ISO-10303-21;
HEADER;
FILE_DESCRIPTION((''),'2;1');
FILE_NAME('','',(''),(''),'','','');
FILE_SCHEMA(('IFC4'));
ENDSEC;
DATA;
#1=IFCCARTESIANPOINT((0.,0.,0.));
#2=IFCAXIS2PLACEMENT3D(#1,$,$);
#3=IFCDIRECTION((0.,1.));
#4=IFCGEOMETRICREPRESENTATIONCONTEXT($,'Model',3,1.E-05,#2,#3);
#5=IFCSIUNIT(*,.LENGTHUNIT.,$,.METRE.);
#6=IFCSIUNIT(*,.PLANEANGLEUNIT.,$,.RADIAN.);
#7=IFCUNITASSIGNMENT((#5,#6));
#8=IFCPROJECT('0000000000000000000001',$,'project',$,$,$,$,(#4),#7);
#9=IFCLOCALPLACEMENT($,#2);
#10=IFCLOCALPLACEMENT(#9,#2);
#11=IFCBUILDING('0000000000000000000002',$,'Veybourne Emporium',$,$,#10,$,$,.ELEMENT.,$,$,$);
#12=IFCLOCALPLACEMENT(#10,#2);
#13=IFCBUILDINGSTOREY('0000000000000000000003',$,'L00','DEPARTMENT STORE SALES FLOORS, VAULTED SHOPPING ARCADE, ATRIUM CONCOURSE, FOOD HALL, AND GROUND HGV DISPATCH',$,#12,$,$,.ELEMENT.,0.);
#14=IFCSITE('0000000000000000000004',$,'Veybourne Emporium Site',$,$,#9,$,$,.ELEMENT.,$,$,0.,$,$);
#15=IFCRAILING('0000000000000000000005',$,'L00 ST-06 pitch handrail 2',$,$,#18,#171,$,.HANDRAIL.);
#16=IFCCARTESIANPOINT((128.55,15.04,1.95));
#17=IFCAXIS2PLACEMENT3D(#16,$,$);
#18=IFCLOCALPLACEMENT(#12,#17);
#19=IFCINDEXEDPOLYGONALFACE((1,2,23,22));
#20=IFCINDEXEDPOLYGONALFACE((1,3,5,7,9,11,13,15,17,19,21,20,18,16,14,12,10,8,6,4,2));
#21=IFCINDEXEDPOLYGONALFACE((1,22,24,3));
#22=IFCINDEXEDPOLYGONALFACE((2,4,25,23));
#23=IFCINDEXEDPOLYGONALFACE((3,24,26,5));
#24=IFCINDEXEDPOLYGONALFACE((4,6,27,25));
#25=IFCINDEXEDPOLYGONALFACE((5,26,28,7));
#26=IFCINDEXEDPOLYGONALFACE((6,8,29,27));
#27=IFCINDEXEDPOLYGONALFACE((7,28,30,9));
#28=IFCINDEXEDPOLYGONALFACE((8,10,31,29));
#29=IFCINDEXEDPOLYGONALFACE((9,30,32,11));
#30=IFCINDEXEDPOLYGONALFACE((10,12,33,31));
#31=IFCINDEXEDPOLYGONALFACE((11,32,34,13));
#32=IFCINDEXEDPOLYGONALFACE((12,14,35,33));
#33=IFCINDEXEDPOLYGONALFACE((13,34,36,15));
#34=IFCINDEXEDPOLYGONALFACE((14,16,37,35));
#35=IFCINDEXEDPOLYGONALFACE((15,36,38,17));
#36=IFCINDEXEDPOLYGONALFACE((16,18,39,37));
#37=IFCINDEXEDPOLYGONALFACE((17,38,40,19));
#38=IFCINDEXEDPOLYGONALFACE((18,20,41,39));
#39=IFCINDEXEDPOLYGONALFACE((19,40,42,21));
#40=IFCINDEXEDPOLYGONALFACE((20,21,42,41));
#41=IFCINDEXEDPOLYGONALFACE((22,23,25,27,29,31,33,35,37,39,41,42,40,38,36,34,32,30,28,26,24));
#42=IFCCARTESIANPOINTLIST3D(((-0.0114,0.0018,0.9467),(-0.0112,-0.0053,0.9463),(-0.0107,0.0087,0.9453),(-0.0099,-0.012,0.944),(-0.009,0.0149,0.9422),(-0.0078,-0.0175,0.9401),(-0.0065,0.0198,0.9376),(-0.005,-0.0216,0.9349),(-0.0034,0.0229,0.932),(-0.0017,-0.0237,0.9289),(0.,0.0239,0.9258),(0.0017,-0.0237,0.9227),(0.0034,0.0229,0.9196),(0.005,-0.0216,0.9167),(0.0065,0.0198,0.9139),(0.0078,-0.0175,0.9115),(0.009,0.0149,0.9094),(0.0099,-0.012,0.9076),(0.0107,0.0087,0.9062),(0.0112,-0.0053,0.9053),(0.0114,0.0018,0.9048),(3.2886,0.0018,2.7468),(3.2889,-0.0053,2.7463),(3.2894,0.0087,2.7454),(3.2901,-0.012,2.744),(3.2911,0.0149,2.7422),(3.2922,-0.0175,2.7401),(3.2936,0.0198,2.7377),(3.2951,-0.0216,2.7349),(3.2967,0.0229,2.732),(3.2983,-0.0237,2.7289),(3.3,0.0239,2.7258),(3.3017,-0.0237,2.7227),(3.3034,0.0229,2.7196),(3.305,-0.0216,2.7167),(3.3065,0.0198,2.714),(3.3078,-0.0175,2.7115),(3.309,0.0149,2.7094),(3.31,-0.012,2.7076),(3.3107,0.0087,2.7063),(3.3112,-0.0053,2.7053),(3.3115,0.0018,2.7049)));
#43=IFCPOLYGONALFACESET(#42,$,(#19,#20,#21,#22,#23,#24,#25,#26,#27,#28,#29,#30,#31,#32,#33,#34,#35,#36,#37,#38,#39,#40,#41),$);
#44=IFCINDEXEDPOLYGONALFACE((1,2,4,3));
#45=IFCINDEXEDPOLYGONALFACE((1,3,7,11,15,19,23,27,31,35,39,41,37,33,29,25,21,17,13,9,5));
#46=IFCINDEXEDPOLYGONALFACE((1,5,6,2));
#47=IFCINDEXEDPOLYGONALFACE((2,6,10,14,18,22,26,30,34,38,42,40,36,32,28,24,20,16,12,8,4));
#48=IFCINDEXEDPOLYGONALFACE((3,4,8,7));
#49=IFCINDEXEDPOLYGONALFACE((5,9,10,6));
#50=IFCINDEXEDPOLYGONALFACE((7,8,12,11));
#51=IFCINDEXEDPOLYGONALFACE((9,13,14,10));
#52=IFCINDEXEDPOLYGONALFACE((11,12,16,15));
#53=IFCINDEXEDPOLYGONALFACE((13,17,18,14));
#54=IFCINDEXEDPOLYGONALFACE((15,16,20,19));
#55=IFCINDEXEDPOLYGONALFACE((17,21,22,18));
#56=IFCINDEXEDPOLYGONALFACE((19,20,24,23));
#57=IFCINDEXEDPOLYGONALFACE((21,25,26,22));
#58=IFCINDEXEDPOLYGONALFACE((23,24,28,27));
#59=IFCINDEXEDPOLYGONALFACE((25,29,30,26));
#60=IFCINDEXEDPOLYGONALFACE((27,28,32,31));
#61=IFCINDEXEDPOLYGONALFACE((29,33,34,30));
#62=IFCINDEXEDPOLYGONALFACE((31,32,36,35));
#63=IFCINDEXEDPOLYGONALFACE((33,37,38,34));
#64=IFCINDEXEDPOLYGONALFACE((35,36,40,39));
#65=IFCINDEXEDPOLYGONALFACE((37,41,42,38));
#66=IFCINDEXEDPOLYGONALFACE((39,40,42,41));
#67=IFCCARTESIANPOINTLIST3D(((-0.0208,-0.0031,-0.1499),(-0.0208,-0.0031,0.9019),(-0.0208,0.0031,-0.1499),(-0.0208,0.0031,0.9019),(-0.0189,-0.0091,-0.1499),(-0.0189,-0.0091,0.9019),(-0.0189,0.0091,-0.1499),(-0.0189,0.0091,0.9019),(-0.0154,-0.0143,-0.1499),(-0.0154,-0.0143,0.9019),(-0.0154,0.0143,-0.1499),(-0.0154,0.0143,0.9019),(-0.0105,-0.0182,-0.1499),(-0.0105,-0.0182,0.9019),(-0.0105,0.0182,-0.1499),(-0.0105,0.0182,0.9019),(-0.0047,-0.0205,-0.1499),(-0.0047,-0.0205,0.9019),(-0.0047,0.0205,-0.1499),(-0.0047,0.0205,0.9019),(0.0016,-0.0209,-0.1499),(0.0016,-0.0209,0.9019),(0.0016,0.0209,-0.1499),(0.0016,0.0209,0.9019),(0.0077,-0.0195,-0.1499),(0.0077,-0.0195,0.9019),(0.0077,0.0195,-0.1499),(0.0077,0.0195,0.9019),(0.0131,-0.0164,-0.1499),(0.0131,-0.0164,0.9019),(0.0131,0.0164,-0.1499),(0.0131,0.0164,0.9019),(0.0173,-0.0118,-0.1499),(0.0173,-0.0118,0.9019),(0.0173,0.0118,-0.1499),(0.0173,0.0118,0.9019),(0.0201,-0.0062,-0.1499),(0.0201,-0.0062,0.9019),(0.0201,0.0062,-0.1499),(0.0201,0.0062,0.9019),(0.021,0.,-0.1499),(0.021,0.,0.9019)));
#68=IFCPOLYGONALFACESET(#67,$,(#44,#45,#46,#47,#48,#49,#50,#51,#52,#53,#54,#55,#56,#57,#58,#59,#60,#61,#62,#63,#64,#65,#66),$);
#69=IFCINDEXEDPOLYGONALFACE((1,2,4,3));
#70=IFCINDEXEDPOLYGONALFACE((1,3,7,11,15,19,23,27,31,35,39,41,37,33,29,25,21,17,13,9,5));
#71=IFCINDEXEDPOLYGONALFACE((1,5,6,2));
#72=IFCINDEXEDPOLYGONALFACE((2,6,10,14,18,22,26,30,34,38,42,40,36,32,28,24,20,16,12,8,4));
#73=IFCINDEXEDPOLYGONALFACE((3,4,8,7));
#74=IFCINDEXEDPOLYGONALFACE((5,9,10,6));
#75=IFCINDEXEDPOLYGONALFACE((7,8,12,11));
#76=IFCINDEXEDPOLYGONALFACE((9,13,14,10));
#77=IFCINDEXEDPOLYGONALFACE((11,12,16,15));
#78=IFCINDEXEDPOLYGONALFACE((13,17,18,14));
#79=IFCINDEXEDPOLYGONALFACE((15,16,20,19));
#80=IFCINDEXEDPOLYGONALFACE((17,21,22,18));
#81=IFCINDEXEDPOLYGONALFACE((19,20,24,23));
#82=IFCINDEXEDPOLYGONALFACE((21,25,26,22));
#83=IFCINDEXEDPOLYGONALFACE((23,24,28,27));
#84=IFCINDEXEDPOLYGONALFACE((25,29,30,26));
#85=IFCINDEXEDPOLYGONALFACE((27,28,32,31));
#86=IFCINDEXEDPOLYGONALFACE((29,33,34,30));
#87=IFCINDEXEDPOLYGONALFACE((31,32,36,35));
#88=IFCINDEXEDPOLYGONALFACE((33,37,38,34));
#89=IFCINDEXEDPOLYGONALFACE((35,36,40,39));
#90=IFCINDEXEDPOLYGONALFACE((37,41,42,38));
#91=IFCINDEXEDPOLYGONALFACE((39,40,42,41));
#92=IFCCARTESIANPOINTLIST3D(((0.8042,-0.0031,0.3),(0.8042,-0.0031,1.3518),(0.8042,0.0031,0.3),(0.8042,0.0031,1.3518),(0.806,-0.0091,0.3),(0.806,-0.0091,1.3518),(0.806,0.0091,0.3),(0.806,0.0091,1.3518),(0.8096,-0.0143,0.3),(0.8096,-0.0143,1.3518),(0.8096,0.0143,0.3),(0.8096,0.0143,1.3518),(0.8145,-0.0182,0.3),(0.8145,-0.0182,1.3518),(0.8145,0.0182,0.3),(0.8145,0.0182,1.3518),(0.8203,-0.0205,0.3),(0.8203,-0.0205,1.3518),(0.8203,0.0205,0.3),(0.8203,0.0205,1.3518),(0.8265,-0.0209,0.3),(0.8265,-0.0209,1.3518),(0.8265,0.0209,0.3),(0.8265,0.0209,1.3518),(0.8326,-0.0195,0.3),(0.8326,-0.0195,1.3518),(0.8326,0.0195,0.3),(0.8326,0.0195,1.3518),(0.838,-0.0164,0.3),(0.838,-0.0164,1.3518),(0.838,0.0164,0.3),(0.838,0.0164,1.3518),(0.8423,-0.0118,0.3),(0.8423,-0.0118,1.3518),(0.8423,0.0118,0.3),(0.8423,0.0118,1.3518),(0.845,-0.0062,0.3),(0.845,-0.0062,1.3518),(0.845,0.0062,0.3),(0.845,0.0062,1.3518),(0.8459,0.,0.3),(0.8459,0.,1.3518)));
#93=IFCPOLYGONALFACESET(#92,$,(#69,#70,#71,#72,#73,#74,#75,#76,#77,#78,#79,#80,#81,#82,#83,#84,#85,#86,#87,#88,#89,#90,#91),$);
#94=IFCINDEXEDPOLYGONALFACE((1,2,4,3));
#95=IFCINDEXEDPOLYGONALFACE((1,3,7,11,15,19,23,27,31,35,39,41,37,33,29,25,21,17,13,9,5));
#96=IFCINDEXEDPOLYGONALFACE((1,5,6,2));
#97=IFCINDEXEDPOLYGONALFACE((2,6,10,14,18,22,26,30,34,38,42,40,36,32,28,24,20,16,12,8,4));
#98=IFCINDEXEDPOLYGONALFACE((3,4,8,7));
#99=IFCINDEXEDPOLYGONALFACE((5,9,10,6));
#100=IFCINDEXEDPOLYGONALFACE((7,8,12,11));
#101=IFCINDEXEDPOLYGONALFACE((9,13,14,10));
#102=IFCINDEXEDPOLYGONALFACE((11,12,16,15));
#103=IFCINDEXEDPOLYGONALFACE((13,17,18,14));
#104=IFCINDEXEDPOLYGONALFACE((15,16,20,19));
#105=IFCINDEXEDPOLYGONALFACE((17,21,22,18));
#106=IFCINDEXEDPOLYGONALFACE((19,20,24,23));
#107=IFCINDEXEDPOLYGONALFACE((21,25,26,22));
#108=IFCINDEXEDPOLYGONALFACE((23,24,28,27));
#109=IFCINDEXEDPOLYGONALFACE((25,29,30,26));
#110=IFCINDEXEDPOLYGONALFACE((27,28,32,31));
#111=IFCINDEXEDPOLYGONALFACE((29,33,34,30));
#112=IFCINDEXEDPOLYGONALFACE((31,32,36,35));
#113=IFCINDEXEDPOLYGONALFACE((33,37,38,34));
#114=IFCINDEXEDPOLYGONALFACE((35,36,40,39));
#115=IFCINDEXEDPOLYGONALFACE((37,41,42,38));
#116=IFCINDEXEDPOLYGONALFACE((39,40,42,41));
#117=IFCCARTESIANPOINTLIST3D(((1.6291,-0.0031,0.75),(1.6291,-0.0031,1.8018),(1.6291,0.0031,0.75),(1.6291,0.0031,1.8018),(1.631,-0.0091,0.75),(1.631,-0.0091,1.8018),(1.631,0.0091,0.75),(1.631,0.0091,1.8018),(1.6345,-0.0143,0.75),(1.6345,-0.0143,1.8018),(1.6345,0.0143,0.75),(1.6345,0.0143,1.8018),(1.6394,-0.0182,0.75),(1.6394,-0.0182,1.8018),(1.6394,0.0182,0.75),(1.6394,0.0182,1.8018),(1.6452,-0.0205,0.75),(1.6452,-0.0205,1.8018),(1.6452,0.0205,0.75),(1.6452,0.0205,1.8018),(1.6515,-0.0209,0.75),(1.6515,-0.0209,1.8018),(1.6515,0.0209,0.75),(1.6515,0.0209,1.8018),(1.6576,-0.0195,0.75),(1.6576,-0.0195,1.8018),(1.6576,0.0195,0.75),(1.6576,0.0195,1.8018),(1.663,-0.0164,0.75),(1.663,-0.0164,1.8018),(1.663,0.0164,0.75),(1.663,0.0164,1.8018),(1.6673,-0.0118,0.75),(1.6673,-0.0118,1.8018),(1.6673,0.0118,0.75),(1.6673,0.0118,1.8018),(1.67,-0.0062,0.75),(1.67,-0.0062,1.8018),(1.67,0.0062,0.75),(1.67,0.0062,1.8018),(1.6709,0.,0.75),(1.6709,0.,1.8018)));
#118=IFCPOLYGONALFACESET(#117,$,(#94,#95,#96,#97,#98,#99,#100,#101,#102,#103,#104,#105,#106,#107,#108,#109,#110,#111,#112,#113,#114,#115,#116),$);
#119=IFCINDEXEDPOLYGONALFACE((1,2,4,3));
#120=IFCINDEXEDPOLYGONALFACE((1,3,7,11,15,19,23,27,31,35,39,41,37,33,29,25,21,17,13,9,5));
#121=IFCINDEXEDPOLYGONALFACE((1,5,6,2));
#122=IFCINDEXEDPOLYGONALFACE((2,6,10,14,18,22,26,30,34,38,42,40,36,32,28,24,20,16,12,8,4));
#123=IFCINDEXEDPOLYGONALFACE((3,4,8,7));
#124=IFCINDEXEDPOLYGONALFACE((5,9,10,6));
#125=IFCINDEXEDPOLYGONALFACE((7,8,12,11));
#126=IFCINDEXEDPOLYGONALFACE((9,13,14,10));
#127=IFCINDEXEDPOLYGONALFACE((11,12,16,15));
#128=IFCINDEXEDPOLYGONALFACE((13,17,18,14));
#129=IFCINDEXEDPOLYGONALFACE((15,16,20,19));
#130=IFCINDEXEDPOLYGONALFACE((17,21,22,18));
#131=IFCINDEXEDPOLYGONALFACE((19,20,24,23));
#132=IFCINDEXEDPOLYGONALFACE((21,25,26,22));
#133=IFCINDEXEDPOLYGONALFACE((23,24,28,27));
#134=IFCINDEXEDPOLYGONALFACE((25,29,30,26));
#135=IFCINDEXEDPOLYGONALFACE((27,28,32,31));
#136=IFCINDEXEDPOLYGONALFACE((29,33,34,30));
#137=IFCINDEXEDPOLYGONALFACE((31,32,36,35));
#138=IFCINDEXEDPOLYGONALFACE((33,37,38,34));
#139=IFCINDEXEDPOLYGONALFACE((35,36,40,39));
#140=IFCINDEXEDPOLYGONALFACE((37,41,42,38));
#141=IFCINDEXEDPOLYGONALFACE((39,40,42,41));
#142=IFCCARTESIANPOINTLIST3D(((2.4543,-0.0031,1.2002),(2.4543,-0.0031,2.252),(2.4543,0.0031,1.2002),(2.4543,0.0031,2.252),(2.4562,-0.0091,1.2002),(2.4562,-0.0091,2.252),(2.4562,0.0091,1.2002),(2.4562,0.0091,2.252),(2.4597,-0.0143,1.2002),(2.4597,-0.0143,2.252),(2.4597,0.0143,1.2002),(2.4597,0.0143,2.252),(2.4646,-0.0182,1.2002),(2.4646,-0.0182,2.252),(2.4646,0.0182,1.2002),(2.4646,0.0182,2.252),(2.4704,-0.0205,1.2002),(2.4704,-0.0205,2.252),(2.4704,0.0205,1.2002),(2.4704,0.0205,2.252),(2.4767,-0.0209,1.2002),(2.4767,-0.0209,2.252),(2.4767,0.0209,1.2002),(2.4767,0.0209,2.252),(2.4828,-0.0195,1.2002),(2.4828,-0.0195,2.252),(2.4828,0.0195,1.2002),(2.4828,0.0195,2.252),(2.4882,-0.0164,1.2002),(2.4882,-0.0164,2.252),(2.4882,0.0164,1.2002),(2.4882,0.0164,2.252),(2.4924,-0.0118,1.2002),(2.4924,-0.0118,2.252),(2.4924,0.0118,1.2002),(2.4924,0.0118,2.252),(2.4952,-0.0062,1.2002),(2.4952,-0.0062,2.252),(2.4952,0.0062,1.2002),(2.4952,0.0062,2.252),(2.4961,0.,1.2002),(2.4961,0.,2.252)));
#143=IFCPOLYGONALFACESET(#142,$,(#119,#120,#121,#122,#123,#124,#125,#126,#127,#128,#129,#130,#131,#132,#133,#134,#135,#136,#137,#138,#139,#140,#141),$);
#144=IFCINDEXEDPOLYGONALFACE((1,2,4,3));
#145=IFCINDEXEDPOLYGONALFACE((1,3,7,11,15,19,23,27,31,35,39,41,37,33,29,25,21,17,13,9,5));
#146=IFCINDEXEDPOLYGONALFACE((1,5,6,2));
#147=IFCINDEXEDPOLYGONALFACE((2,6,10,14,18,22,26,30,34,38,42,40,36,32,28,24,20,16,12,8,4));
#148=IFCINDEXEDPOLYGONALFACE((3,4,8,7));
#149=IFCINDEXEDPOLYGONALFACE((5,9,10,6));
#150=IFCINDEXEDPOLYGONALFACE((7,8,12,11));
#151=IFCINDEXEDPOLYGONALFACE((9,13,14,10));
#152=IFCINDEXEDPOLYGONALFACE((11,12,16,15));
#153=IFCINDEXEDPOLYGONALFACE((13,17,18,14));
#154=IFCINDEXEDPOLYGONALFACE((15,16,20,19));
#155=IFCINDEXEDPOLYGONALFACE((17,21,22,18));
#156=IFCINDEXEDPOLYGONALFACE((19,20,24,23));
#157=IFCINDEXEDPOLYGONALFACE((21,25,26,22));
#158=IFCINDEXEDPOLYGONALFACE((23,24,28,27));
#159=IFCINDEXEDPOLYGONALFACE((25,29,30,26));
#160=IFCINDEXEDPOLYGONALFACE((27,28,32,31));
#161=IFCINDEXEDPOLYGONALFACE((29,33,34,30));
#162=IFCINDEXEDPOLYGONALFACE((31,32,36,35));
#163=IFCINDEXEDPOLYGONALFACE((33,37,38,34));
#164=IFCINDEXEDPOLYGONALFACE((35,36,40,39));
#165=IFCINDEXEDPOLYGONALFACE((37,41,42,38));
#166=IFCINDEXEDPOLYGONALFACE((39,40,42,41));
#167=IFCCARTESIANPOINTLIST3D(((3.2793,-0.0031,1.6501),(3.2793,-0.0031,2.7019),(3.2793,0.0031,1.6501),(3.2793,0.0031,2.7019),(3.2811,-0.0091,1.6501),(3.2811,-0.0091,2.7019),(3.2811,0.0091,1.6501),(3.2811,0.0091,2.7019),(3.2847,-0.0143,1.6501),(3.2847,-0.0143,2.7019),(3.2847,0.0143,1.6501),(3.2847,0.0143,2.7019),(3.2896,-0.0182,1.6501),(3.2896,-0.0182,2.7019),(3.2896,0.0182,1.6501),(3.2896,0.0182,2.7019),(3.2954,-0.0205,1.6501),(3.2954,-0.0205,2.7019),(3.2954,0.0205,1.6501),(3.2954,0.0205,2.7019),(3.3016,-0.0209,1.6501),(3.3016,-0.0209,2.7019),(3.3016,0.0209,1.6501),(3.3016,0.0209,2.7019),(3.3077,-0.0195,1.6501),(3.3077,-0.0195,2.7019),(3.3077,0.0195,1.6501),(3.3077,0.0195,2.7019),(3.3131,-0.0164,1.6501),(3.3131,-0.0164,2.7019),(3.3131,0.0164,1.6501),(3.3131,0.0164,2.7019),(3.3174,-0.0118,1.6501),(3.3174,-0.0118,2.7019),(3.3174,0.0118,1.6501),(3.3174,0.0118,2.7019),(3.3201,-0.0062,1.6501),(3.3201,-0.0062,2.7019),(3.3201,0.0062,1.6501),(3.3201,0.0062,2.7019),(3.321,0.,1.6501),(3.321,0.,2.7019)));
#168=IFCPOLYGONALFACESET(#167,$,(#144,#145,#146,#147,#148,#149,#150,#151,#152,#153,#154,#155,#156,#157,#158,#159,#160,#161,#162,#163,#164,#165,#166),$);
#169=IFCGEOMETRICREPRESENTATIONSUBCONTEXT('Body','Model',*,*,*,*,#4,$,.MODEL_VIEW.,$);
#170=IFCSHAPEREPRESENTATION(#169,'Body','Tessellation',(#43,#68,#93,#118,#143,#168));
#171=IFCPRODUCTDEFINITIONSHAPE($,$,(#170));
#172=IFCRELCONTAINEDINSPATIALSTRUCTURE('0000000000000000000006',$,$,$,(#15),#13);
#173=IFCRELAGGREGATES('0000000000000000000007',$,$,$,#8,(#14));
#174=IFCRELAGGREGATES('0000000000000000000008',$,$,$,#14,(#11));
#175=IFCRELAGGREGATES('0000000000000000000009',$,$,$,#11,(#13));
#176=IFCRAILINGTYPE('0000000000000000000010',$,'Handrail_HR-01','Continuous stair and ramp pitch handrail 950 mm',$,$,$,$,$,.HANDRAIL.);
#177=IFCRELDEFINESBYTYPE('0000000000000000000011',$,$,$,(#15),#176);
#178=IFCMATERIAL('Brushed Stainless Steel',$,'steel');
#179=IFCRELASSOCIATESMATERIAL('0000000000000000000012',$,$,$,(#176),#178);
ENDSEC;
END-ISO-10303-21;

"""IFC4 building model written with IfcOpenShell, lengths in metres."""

from ifc_helpers import new_model, si_unit, direction, frame, origin, origin_2d, place, context, subcontext, project, spatial, circle, extrude, material, type_object, element, save


model = new_model("IFC4")

# Units and contexts
model_context = context("Model", 3, precision=1e-05, world=origin(), true_north=direction((0.0, 1.0)))
body_context = subcontext(model_context, "Body", "Model", "MODEL_VIEW")
ifc_project = project(units=[si_unit("LENGTHUNIT", "METRE"), si_unit("PLANEANGLEUNIT", "RADIAN")], contexts=[model_context])

# Site, building, storey
site_placement = place(None, origin())
site = spatial("IfcSite", under=ifc_project, at=site_placement, Name="Veybourne Emporium Site", CompositionType="ELEMENT", RefElevation=0.0)
building_placement = place(site_placement, origin())
building = spatial("IfcBuilding", under=site, at=building_placement, Name="Veybourne Emporium", CompositionType="ELEMENT")
storey_placement = place(building_placement, origin())
storey = spatial("IfcBuildingStorey", under=building, at=storey_placement, Name="L00", Description="DEPARTMENT STORE SALES FLOORS, VAULTED SHOPPING ARCADE, ATRIUM CONCOURSE, FOOD HALL, AND GROUND HGV DISPATCH", CompositionType="ELEMENT", Elevation=0.0)

# Railing
ifc_material_1 = material(Name="Brushed Stainless Steel", Category="steel")
railing_type_1 = type_object("IfcRailingType", Name="Handrail_HR-01", Description="Continuous stair and ramp pitch handrail 950 mm", PredefinedType="HANDRAIL", material=ifc_material_1)
railing_1_placement = place(storey_placement, frame((128.55, 15.04, 1.95)))
element("IfcRailing", 1, at=railing_1_placement, inside=storey, type_object=railing_type_1, Name="L00 ST-06 pitch handrail 2", PredefinedType="HANDRAIL", context=body_context, shape_type="SweptSolid", body=[
    extrude(circle(Radius=0.0239, at=origin_2d()), frame((0.0, 0.0, 0.9258), z_axis=(0.877893, 0.0, 0.478857), x_axis=(0.0, 1.0, 0.0)), (0.0, 0.0, 1.0), 3.759),
    extrude(circle(Radius=0.021, at=origin_2d()), frame((0.0, 0.0, -0.1499)), (0.0, 0.0, 1.0), 1.0518),
    extrude(circle(Radius=0.021, at=origin_2d()), frame((0.825, 0.0, 0.3)), (0.0, 0.0, 1.0), 1.0518),
    extrude(circle(Radius=0.021, at=origin_2d()), frame((1.6499, 0.0, 0.75)), (0.0, 0.0, 1.0), 1.0518),
    extrude(circle(Radius=0.021, at=origin_2d()), frame((2.4751, 0.0, 1.2002)), (0.0, 0.0, 1.0), 1.0518),
    extrude(circle(Radius=0.021, at=origin_2d()), frame((3.3, 0.0, 1.6501)), (0.0, 0.0, 1.0), 1.0518),
])

save(model, "model.ifc")
